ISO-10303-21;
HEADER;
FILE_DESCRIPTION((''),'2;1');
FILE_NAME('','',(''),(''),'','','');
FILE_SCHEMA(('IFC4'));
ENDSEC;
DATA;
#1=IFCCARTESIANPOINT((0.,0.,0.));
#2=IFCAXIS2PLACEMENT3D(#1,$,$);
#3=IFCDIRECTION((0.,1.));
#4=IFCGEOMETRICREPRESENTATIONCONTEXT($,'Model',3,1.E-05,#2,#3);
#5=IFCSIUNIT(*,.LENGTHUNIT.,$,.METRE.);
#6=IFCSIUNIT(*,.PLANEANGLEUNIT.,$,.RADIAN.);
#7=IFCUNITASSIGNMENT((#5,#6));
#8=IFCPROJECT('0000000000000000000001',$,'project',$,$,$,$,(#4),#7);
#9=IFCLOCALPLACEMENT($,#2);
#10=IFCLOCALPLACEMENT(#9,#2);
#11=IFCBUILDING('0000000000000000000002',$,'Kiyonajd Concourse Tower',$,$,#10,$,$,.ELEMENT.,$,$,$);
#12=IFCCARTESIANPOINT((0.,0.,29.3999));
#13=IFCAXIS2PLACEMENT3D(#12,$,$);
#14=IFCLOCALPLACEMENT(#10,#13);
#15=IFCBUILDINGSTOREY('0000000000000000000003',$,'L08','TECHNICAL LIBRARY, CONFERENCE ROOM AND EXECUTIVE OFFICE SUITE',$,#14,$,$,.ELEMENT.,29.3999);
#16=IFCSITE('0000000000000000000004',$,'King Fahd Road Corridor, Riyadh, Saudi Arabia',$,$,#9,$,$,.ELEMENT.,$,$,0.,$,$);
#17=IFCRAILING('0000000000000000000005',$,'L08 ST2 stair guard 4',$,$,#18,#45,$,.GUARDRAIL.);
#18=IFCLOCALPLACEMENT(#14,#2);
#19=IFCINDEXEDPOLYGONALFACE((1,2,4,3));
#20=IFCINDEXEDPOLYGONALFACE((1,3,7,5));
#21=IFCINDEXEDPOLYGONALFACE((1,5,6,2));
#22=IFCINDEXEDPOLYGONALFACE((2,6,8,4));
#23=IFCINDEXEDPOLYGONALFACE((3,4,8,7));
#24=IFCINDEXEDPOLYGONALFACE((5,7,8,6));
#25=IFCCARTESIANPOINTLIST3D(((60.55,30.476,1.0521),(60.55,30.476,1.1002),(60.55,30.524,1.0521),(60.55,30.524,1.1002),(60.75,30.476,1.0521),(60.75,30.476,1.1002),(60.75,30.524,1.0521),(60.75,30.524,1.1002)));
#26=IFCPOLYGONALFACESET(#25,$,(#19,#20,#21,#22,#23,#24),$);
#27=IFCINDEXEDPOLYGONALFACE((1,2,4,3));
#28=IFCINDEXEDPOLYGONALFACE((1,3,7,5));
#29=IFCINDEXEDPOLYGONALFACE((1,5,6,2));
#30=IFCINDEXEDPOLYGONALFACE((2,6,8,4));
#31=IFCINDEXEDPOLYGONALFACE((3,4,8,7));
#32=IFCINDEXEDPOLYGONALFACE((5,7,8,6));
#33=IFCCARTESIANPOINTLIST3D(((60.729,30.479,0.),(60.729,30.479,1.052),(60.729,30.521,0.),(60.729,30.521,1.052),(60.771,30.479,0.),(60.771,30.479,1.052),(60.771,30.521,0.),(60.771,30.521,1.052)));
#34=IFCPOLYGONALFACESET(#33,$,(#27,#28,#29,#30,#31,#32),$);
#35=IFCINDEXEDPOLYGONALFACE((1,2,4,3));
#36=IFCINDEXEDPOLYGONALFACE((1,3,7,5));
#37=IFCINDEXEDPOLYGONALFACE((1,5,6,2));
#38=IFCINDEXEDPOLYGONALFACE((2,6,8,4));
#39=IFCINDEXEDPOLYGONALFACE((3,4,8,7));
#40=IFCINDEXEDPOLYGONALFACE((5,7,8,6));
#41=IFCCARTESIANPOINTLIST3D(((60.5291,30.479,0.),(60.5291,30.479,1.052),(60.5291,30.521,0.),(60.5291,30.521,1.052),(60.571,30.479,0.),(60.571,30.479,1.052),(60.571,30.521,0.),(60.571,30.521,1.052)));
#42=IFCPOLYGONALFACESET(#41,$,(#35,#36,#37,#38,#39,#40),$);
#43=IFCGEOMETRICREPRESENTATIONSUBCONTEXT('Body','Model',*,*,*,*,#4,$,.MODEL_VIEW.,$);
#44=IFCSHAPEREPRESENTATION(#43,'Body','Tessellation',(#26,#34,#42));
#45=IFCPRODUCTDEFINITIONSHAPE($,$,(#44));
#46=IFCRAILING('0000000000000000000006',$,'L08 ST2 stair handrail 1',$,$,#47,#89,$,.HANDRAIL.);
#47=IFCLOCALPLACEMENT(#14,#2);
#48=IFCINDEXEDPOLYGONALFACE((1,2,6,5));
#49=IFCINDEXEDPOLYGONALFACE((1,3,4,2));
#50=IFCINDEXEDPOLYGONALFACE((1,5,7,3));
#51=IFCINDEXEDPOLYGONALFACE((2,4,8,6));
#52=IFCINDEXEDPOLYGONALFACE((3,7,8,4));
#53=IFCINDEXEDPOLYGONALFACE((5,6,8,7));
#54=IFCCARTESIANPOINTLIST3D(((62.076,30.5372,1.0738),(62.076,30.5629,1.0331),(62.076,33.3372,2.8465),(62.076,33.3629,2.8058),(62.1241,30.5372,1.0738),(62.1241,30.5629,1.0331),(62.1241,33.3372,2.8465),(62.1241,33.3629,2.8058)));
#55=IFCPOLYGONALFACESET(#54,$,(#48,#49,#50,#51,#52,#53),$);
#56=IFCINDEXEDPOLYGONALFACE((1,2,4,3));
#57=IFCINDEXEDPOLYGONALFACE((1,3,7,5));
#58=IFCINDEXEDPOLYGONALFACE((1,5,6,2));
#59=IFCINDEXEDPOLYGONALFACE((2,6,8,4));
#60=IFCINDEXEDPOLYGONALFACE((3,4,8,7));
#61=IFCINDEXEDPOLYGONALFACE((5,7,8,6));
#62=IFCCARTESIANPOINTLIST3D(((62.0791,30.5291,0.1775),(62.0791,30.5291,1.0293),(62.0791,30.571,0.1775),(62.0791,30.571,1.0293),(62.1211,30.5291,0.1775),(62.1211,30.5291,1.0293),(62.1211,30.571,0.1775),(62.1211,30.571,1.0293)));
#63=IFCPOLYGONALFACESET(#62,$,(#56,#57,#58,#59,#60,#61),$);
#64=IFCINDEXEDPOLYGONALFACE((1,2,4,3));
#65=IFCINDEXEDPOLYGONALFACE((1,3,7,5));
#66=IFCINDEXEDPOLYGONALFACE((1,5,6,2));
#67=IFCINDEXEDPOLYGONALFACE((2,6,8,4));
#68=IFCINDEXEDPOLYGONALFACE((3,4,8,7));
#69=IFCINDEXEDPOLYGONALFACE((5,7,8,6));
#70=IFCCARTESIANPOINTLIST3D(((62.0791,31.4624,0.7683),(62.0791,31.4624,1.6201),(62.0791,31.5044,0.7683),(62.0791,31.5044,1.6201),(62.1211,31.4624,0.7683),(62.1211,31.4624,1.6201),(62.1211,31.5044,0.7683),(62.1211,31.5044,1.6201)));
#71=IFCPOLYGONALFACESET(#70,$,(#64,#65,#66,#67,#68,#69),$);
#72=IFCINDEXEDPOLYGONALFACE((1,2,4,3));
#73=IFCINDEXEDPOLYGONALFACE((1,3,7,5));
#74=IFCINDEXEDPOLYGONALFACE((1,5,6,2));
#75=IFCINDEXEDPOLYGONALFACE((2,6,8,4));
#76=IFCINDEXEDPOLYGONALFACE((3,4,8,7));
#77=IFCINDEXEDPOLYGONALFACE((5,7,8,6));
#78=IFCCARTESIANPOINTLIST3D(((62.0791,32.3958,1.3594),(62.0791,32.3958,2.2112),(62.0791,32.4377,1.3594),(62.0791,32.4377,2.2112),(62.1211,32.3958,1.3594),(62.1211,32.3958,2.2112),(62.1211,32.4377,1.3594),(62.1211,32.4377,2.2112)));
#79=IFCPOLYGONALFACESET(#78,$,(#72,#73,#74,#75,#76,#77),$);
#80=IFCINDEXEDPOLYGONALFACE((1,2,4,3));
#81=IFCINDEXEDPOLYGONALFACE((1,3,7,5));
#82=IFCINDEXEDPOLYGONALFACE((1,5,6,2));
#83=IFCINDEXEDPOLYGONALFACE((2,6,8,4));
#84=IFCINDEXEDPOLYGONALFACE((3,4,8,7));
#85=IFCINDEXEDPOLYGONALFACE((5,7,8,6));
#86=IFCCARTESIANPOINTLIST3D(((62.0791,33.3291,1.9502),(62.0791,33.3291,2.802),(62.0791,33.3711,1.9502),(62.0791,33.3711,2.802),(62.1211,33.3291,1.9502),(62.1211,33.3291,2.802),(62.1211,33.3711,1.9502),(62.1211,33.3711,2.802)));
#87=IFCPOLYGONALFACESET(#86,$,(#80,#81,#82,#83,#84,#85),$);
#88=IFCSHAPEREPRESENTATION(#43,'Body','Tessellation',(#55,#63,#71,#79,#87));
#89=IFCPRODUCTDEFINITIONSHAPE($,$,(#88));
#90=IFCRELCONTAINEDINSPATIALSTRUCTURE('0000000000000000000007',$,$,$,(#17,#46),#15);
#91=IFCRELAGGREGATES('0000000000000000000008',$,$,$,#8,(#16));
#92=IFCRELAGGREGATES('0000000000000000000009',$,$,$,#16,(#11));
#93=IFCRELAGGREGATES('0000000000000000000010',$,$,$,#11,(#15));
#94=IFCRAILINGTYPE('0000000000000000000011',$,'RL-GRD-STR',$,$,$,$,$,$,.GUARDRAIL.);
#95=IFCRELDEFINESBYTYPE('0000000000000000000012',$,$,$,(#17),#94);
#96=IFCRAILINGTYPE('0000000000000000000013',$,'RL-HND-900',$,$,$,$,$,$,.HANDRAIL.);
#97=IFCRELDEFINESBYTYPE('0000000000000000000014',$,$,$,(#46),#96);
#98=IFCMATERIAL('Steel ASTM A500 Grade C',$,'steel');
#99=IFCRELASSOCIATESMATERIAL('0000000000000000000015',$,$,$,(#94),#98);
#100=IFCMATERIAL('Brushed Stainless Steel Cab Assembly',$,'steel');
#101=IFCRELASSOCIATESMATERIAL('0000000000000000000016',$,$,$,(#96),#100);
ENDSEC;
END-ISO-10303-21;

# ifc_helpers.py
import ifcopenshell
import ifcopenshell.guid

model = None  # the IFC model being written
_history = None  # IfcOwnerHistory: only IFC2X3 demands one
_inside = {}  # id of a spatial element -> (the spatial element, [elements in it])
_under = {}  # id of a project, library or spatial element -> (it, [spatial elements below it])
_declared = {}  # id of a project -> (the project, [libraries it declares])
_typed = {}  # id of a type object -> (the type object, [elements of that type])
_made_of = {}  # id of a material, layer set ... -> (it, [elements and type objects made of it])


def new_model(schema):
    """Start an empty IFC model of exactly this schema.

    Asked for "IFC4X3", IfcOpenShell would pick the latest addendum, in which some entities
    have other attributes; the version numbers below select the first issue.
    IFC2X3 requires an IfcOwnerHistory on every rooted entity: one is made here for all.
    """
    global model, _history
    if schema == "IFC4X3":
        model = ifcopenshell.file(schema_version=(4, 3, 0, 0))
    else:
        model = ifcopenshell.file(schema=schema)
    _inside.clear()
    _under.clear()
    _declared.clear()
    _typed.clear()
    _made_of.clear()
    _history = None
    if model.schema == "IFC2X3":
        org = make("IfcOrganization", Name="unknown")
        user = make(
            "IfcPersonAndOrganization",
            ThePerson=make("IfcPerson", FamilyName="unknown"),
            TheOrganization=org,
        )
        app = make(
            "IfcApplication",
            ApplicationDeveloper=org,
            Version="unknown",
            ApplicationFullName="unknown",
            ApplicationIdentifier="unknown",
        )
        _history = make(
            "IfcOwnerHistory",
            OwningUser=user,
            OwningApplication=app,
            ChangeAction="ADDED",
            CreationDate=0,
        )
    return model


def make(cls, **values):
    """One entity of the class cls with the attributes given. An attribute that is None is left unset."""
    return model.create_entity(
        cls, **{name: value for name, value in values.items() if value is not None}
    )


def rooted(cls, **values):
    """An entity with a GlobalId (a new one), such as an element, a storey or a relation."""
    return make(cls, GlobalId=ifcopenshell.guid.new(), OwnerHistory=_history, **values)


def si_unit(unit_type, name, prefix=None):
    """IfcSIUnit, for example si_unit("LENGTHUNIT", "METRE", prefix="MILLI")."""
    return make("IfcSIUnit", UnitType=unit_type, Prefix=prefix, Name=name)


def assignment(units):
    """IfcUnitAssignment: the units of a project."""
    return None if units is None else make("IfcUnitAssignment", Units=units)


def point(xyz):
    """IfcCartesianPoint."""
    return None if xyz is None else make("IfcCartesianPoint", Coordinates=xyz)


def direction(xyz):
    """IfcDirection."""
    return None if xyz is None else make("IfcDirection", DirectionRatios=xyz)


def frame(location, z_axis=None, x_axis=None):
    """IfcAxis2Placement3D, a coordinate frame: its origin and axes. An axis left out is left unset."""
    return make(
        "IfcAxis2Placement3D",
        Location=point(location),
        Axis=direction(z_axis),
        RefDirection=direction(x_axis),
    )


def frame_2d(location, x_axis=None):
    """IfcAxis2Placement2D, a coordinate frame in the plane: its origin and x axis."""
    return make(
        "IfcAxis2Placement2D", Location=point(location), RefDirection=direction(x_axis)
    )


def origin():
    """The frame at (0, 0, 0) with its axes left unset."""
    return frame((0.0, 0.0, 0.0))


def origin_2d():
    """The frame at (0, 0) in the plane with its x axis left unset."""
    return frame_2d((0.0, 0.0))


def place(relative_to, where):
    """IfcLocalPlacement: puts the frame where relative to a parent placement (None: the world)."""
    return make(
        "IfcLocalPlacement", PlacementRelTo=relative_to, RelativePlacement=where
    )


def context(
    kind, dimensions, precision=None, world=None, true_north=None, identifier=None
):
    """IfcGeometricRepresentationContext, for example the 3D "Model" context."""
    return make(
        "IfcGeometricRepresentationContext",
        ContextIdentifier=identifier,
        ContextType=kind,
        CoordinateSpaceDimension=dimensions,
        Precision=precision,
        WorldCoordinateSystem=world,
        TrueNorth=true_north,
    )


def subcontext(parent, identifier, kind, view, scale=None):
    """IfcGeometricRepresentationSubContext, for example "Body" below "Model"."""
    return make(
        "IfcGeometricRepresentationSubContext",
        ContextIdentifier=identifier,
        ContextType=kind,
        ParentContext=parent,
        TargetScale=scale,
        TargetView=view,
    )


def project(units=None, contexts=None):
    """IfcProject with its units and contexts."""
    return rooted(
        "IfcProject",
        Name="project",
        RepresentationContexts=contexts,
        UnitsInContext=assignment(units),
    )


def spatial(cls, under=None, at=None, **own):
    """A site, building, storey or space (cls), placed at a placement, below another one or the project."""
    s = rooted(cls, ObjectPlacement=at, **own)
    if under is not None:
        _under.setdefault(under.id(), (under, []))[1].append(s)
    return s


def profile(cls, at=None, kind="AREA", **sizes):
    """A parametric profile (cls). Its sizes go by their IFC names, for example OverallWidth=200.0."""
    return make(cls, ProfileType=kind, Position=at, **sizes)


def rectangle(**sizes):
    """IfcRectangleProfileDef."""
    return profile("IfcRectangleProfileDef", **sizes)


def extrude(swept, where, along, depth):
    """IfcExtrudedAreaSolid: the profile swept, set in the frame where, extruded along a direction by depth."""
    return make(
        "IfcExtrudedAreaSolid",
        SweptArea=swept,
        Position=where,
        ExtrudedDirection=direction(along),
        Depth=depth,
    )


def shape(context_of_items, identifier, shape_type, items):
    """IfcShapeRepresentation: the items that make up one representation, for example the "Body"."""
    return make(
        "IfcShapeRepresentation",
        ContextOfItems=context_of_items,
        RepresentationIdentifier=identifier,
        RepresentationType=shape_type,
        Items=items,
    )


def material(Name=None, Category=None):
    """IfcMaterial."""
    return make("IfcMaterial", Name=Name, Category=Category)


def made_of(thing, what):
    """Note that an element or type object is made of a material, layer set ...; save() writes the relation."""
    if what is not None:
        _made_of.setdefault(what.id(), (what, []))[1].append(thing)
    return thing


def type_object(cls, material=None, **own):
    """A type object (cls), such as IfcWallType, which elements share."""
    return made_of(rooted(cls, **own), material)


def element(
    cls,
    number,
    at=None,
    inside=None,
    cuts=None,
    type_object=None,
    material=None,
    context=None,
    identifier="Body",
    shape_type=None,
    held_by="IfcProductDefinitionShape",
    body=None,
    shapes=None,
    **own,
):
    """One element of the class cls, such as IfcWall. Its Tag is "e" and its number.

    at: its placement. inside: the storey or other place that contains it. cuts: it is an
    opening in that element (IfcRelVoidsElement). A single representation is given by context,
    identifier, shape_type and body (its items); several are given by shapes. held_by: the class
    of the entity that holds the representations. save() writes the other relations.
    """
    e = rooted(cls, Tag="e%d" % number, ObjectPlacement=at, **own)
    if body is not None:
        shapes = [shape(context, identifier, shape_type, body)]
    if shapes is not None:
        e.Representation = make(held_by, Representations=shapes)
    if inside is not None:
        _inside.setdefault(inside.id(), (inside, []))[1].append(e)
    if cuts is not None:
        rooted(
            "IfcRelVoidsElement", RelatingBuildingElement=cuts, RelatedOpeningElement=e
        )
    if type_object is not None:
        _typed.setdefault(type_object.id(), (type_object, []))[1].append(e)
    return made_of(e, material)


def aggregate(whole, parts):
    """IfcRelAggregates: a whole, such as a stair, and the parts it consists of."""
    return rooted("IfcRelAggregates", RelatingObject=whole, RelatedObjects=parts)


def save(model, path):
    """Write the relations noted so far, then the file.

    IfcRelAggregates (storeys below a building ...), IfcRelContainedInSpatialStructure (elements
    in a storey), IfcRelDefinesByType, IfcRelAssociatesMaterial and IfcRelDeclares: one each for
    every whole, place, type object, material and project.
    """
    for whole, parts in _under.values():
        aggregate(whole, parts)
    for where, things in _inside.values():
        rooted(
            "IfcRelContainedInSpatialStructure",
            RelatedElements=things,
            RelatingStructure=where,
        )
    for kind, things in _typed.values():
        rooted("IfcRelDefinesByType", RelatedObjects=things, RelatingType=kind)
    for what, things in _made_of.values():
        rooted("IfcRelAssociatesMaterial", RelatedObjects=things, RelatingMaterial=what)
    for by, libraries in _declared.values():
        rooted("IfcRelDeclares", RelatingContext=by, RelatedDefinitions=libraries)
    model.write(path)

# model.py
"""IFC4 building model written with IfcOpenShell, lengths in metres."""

from ifc_helpers import new_model, si_unit, direction, frame, origin, origin_2d, place, context, subcontext, project, spatial, rectangle, extrude, material, type_object, element, save


model = new_model("IFC4")

# Units and contexts
model_context = context("Model", 3, precision=1e-05, world=origin(), true_north=direction((0.0, 1.0)))
body_context = subcontext(model_context, "Body", "Model", "MODEL_VIEW")
ifc_project = project(units=[si_unit("LENGTHUNIT", "METRE"), si_unit("PLANEANGLEUNIT", "RADIAN")], contexts=[model_context])

# Site, building, storey
site_placement = place(None, origin())
site = spatial("IfcSite", under=ifc_project, at=site_placement, Name="King Fahd Road Corridor, Riyadh, Saudi Arabia", CompositionType="ELEMENT", RefElevation=0.0)
building_placement = place(site_placement, origin())
building = spatial("IfcBuilding", under=site, at=building_placement, Name="Kiyonajd Concourse Tower", CompositionType="ELEMENT")
storey_placement = place(building_placement, frame((0.0, 0.0, 29.3999)))
storey = spatial("IfcBuildingStorey", under=building, at=storey_placement, Name="L08", Description="TECHNICAL LIBRARY, CONFERENCE ROOM AND EXECUTIVE OFFICE SUITE", CompositionType="ELEMENT", Elevation=29.3999)

# Railings
ifc_material_1 = material(Name="Steel ASTM A500 Grade C", Category="steel")
railing_type_1 = type_object("IfcRailingType", Name="RL-GRD-STR", PredefinedType="GUARDRAIL", material=ifc_material_1)
railing_1_placement = place(storey_placement, frame((60.75, 30.5, 0.0)))
element("IfcRailing", 1, at=railing_1_placement, inside=storey, type_object=railing_type_1, Name="L08 ST2 stair guard 4", PredefinedType="GUARDRAIL", context=body_context, shape_type="SweptSolid", body=[
    extrude(rectangle(XDim=0.0481, YDim=0.0481, at=origin_2d()), frame((0.0, 0.0, 1.0762), z_axis=(-1.0, 0.0, 0.0), x_axis=(0.0, -1.0, 0.0)), (0.0, 0.0, 1.0), 0.2),
    extrude(rectangle(XDim=0.042, YDim=0.042, at=origin_2d()), origin(), (0.0, 0.0, 1.0), 1.052),
    extrude(rectangle(XDim=0.042, YDim=0.042, at=origin_2d()), frame((-0.2, 0.0, 0.0)), (0.0, 0.0, 1.0), 1.052),
])
ifc_material_2 = material(Name="Brushed Stainless Steel Cab Assembly", Category="steel")
railing_type_2 = type_object("IfcRailingType", Name="RL-HND-900", PredefinedType="HANDRAIL", material=ifc_material_2)
railing_2_placement = place(storey_placement, frame((62.1001, 30.55, 0.1775)))
element("IfcRailing", 2, at=railing_2_placement, inside=storey, type_object=railing_type_2, Name="L08 ST2 stair handrail 1", PredefinedType="HANDRAIL", context=body_context, shape_type="SweptSolid", body=[
    extrude(rectangle(XDim=0.0481, YDim=0.0481, at=origin_2d()), frame((0.0, 0.0, 0.876), z_axis=(0.0, 0.844909, 0.53491), x_axis=(-1.0, 0.0, 0.0)), (0.0, 0.0, 1.0), 3.314),
    extrude(rectangle(XDim=0.042, YDim=0.042, at=origin_2d()), origin(), (0.0, 0.0, 1.0), 0.8518),
    extrude(rectangle(XDim=0.042, YDim=0.042, at=origin_2d()), frame((0.0, 0.9333, 0.5908)), (0.0, 0.0, 1.0), 0.8518),
    extrude(rectangle(XDim=0.042, YDim=0.042, at=origin_2d()), frame((0.0, 1.8667, 1.1819)), (0.0, 0.0, 1.0), 0.8518),
    extrude(rectangle(XDim=0.042, YDim=0.042, at=origin_2d()), frame((0.0, 2.8, 1.7727)), (0.0, 0.0, 1.0), 0.8518),
])

save(model, "model.ifc")
